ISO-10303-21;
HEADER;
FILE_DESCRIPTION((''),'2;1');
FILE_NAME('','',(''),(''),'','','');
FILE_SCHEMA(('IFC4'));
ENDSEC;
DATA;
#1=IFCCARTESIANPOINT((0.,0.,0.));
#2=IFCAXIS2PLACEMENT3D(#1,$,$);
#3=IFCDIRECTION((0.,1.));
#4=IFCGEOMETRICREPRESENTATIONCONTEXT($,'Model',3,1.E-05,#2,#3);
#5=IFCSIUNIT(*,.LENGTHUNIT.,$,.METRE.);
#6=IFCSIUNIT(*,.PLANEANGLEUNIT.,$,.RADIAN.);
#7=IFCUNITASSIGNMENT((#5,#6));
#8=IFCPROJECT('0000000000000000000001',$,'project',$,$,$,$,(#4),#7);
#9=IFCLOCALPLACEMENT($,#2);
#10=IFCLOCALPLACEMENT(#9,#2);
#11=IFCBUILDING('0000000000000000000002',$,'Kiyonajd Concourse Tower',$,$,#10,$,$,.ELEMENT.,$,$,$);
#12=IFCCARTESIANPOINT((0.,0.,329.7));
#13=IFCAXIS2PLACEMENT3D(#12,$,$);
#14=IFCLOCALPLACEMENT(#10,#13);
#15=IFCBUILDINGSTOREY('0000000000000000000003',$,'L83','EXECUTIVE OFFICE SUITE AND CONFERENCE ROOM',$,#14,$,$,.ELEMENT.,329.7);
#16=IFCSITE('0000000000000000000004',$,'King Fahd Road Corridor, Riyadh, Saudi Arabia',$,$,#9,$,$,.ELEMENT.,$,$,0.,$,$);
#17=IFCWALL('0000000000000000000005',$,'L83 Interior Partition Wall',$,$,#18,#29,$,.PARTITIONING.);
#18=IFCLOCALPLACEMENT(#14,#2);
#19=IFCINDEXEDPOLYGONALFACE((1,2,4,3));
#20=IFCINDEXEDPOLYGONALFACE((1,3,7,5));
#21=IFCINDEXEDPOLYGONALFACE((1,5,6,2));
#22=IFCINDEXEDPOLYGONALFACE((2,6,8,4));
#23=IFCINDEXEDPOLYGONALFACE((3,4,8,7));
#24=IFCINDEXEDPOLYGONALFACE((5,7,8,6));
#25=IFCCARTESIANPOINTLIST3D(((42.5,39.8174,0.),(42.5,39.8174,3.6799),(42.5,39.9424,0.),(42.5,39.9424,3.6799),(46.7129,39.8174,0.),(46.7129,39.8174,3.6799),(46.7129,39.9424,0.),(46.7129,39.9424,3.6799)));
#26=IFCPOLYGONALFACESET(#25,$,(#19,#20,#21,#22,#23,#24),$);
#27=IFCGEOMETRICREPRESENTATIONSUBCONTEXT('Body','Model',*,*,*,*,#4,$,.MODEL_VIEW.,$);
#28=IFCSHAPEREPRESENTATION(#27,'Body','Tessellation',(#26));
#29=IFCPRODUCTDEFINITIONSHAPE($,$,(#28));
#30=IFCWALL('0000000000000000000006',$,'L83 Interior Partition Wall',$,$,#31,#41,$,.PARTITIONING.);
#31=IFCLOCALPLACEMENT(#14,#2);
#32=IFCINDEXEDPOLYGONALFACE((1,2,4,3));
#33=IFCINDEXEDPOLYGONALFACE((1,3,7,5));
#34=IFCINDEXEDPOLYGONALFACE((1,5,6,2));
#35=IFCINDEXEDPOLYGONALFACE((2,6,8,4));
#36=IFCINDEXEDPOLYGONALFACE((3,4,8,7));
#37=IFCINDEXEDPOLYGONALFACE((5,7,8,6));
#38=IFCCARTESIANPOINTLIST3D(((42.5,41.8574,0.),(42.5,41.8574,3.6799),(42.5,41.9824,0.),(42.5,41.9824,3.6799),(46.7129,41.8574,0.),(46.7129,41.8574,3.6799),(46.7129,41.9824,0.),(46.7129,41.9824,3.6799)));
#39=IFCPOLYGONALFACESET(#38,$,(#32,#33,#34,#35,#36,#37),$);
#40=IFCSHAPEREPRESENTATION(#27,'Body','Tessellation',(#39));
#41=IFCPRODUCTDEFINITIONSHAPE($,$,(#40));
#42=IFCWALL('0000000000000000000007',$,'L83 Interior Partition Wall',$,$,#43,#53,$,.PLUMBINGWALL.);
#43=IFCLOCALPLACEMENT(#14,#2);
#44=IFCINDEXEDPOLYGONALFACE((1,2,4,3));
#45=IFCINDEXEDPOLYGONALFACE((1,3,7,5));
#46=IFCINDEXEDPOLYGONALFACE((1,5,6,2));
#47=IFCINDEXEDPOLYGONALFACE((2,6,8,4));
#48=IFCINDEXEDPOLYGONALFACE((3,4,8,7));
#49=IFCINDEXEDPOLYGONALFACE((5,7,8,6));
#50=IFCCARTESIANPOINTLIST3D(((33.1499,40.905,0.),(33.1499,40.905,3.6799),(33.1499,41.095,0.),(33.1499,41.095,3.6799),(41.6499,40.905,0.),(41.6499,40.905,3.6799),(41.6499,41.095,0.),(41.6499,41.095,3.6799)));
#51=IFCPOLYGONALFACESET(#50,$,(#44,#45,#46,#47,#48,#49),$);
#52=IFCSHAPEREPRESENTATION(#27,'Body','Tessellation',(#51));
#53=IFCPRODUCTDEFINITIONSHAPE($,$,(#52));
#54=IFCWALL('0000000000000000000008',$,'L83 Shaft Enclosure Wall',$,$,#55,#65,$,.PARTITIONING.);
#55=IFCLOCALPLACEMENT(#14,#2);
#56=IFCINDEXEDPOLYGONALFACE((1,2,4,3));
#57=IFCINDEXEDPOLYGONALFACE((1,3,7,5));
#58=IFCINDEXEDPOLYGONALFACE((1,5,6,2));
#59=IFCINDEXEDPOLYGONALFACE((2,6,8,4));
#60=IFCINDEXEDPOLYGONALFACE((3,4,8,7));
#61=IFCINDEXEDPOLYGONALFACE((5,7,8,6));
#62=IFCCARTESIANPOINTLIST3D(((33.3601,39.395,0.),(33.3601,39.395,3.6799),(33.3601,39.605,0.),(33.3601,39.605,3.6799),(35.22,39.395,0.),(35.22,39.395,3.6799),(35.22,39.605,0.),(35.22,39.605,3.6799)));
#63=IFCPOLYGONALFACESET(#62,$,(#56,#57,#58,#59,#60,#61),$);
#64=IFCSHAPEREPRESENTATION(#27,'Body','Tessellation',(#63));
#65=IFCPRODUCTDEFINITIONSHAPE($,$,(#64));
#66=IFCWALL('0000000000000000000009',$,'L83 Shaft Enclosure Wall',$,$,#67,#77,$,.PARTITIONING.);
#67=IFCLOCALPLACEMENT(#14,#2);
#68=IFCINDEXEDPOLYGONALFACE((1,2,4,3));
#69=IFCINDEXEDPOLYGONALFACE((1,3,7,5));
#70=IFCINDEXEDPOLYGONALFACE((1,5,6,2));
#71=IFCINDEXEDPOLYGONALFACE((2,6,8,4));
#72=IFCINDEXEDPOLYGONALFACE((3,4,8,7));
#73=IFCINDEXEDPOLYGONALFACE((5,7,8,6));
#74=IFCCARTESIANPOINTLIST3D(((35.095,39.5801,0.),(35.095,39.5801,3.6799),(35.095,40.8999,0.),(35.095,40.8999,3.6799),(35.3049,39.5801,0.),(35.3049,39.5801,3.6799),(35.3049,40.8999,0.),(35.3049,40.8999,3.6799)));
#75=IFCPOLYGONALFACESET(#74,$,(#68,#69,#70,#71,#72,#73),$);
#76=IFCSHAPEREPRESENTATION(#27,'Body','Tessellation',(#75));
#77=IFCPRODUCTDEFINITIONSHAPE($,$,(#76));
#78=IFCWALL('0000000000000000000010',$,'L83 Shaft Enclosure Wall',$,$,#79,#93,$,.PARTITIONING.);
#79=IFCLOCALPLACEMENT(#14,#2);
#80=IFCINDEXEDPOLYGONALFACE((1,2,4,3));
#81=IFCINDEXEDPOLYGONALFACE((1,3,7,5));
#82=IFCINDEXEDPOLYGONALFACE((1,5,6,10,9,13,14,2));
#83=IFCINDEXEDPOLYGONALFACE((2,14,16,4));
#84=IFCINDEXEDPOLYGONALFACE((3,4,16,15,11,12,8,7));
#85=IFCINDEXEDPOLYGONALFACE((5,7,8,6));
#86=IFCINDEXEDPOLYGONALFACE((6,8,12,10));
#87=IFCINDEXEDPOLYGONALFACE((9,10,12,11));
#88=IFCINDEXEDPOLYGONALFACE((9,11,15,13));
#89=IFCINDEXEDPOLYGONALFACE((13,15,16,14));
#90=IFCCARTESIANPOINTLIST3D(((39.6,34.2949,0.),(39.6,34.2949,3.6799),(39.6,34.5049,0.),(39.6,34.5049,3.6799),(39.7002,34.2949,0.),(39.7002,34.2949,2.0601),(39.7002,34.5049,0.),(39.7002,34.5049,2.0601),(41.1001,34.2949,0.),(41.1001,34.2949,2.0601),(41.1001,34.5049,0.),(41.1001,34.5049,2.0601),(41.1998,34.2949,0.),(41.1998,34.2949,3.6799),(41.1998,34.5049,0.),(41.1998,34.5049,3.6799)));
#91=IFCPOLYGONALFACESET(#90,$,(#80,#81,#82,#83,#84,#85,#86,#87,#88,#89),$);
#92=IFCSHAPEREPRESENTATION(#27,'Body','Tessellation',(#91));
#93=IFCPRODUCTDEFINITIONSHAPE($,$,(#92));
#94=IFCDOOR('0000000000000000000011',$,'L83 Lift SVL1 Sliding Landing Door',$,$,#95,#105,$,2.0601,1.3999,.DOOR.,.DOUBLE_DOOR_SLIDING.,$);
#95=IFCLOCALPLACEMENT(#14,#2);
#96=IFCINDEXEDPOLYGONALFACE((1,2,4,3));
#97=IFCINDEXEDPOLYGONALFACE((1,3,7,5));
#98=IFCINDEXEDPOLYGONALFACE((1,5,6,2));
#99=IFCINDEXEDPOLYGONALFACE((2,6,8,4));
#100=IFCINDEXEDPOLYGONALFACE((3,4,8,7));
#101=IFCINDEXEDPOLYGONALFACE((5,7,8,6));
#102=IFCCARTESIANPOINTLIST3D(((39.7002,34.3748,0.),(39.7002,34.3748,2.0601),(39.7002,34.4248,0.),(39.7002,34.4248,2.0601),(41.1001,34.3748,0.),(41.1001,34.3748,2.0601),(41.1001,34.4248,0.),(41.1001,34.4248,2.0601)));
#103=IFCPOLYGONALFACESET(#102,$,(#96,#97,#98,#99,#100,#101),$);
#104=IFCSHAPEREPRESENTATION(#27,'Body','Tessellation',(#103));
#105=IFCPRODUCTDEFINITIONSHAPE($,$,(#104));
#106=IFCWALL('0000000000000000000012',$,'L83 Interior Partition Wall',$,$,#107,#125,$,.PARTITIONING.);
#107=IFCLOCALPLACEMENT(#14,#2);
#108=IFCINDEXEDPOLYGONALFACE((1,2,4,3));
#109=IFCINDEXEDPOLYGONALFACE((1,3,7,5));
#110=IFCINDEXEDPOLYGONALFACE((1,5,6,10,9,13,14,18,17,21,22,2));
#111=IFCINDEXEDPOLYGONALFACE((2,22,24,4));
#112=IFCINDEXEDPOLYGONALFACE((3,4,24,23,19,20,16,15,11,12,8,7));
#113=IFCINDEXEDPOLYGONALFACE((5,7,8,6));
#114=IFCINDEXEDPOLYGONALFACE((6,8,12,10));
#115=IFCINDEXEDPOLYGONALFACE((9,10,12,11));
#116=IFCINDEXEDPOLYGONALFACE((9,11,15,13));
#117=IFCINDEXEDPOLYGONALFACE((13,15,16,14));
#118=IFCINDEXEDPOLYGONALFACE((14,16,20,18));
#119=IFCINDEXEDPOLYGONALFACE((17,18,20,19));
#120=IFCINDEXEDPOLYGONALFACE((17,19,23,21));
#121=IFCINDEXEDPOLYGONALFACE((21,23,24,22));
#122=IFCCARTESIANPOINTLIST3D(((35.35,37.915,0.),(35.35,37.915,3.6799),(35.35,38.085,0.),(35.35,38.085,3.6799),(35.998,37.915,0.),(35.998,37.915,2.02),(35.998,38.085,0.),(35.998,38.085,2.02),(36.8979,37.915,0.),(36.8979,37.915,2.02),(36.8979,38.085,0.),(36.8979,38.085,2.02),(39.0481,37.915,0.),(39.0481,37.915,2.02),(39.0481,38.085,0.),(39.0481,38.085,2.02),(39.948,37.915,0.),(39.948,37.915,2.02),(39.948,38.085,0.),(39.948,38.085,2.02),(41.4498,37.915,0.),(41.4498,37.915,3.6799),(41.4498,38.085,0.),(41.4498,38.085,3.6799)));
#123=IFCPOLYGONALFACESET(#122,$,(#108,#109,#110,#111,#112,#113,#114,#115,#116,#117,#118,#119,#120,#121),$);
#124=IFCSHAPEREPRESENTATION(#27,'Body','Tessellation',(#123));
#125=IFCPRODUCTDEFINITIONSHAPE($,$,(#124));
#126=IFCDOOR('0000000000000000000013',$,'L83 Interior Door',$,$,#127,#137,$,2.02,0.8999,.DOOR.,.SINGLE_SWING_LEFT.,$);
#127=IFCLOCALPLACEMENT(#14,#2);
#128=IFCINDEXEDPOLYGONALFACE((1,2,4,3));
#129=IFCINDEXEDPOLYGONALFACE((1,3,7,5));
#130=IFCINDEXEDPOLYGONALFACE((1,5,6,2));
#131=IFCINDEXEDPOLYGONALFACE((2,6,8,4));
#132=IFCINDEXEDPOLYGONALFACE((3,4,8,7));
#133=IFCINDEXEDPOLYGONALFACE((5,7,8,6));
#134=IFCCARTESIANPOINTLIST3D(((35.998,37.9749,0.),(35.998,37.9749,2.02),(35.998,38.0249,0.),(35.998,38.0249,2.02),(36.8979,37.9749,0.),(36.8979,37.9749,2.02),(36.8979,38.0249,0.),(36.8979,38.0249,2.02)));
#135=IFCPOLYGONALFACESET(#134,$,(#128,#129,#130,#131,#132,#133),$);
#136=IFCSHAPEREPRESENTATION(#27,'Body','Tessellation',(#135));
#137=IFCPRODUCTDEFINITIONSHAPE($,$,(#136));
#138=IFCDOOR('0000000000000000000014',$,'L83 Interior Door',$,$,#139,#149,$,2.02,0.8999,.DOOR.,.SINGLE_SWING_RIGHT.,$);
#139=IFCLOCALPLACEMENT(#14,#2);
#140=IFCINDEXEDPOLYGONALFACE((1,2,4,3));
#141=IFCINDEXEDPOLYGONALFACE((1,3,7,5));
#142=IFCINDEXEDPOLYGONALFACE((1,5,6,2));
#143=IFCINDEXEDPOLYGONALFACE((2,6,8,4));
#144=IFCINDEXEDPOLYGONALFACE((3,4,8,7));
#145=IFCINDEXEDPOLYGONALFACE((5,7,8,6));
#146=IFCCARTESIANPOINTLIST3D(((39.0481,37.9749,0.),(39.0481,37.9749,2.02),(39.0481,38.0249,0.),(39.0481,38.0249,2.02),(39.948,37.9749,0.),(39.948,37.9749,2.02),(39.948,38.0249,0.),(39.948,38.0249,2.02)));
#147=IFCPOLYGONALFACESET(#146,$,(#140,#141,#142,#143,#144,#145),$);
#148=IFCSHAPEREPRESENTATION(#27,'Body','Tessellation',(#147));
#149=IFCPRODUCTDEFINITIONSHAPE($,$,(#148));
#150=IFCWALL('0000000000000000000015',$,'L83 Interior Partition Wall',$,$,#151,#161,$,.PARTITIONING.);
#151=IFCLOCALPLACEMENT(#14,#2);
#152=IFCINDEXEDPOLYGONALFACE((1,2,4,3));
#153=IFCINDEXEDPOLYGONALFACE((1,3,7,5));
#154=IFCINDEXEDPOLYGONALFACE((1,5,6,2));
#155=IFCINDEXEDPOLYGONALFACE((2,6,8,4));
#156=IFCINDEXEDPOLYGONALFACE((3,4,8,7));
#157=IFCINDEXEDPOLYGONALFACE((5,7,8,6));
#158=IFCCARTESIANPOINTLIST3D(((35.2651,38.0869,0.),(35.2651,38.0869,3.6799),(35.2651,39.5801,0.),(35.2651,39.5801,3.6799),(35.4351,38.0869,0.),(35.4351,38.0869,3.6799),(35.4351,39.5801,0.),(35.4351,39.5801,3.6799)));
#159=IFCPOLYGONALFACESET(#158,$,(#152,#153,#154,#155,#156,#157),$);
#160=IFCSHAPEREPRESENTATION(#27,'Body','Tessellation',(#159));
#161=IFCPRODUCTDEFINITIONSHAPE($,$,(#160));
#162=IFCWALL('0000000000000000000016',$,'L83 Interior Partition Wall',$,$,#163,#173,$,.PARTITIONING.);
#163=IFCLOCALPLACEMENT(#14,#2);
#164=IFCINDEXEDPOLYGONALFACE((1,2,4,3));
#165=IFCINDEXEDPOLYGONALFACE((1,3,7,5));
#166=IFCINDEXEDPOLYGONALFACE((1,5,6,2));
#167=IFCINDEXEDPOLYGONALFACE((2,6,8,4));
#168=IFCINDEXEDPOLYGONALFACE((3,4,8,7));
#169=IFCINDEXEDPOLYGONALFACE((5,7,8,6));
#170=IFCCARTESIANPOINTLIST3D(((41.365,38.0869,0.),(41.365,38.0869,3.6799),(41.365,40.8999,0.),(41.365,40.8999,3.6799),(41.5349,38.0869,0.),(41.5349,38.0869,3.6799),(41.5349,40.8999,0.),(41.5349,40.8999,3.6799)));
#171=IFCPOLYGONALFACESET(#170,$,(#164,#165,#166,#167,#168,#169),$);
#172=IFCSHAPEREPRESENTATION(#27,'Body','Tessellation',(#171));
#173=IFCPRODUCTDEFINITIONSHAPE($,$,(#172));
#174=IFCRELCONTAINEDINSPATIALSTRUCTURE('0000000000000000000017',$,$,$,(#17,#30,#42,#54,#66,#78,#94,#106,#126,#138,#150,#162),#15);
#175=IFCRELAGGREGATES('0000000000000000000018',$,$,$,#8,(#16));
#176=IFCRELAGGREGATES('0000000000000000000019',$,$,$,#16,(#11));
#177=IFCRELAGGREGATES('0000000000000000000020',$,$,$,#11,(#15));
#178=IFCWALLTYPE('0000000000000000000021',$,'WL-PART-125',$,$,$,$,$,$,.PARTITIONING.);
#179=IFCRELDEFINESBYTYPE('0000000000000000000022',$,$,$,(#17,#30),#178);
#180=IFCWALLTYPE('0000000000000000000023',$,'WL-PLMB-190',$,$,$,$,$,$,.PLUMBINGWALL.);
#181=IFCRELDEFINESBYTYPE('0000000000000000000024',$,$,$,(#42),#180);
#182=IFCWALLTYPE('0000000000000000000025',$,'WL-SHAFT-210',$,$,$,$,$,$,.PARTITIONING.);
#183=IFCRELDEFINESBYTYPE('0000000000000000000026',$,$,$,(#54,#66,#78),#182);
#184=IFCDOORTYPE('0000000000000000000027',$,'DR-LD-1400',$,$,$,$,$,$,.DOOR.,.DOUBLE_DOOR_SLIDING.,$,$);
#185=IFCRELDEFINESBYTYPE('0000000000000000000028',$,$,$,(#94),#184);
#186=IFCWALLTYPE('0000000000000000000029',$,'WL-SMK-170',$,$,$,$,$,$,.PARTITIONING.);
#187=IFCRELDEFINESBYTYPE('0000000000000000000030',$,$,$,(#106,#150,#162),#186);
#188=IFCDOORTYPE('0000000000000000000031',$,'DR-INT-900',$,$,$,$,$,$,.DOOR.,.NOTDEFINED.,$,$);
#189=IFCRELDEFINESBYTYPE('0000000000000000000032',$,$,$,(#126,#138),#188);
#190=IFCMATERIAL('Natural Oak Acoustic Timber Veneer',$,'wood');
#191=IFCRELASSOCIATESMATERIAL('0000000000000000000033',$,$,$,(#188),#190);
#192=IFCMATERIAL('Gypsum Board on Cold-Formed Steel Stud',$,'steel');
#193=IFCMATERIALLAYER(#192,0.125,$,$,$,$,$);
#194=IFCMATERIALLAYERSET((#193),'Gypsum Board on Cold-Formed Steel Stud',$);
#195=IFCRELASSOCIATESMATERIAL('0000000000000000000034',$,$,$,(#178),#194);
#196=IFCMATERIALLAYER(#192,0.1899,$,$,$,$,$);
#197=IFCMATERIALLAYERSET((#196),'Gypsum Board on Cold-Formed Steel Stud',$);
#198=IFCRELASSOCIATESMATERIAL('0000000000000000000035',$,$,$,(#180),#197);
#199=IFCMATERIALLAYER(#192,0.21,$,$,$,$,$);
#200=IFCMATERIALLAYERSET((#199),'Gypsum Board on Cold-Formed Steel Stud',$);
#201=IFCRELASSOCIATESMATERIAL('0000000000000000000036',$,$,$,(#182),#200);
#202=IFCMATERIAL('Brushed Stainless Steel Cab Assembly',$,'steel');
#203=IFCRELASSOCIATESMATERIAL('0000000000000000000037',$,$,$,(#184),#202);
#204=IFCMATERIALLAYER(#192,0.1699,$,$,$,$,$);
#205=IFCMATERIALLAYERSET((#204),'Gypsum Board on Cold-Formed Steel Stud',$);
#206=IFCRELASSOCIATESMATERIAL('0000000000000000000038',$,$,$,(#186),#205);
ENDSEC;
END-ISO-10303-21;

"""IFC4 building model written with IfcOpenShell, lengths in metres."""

from ifc_helpers import new_model, si_unit, direction, frame, frame_2d, origin, place, context, subcontext, project, spatial, rectangle, extrude, material, layer, layer_set, type_object, element, fill, save


model = new_model("IFC4")

# Units and contexts
model_context = context("Model", 3, precision=1e-05, world=origin(), true_north=direction((0.0, 1.0)))
body_context = subcontext(model_context, "Body", "Model", "MODEL_VIEW")
ifc_project = project(units=[si_unit("LENGTHUNIT", "METRE"), si_unit("PLANEANGLEUNIT", "RADIAN")], contexts=[model_context])

# Site, building, storey
site_placement = place(None, origin())
site = spatial("IfcSite", under=ifc_project, at=site_placement, Name="King Fahd Road Corridor, Riyadh, Saudi Arabia", CompositionType="ELEMENT", RefElevation=0.0)
building_placement = place(site_placement, origin())
building = spatial("IfcBuilding", under=site, at=building_placement, Name="Kiyonajd Concourse Tower", CompositionType="ELEMENT")
storey_placement = place(building_placement, frame((0.0, 0.0, 329.7)))
storey = spatial("IfcBuildingStorey", under=building, at=storey_placement, Name="L83", Description="EXECUTIVE OFFICE SUITE AND CONFERENCE ROOM", CompositionType="ELEMENT", Elevation=329.7)

# Shared definitions
ifc_material_1 = material(Name="Natural Oak Acoustic Timber Veneer", Category="wood")
door_type_1 = type_object("IfcDoorType", Name="DR-INT-900", OperationType="NOTDEFINED", PredefinedType="DOOR", material=ifc_material_1)

# Walls
ifc_material_2 = material(Name="Gypsum Board on Cold-Formed Steel Stud", Category="steel")
ifc_layer_1 = layer(ifc_material_2, 0.125)
ifc_layer_set_1 = layer_set([ifc_layer_1], Name="Gypsum Board on Cold-Formed Steel Stud")
wall_type_1 = type_object("IfcWallType", Name="WL-PART-125", PredefinedType="PARTITIONING", material=ifc_layer_set_1)
for number, where, z_axis, x_axis, name in (
    (1, (42.5, 39.8799, 0.0), (0.0, 0.0, 1.0), (1.0, 0.0, 0.0), "L83 Interior Partition Wall"),
    (2, (42.5, 41.9199, 0.0), (0.0, 0.0, 1.0), (1.0, 0.0, 0.0), "L83 Interior Partition Wall"),
):
    element("IfcWall", number, at=place(storey_placement, frame(where, z_axis=z_axis, x_axis=x_axis)), inside=storey, type_object=wall_type_1, Name=name, PredefinedType="PARTITIONING", context=body_context, shape_type="SweptSolid", body=[
        extrude(rectangle(XDim=4.2129, YDim=0.125, at=frame_2d((2.1064, 0.0))), origin(), (0.0, 0.0, 1.0), 3.6799),
    ])
ifc_layer_2 = layer(ifc_material_2, 0.1899)
ifc_layer_set_2 = layer_set([ifc_layer_2], Name="Gypsum Board on Cold-Formed Steel Stud")
wall_type_2 = type_object("IfcWallType", Name="WL-PLMB-190", PredefinedType="PLUMBINGWALL", material=ifc_layer_set_2)
wall_1_placement = place(storey_placement, frame((33.1499, 41.0, 0.0), z_axis=(0.0, 0.0, 1.0), x_axis=(1.0, 0.0, 0.0)))
element("IfcWall", 3, at=wall_1_placement, inside=storey, type_object=wall_type_2, Name="L83 Interior Partition Wall", PredefinedType="PLUMBINGWALL", context=body_context, shape_type="SweptSolid", body=[
    extrude(rectangle(XDim=8.5, YDim=0.1899, at=frame_2d((4.25, 0.0))), origin(), (0.0, 0.0, 1.0), 3.6799),
])
ifc_layer_3 = layer(ifc_material_2, 0.21)
ifc_layer_set_3 = layer_set([ifc_layer_3], Name="Gypsum Board on Cold-Formed Steel Stud")
wall_type_3 = type_object("IfcWallType", Name="WL-SHAFT-210", PredefinedType="PARTITIONING", material=ifc_layer_set_3)
wall_2_placement = place(storey_placement, frame((33.3601, 39.5, 0.0), z_axis=(0.0, 0.0, 1.0), x_axis=(1.0, 0.0, 0.0)))
element("IfcWall", 4, at=wall_2_placement, inside=storey, type_object=wall_type_3, Name="L83 Shaft Enclosure Wall", PredefinedType="PARTITIONING", context=body_context, shape_type="SweptSolid", body=[
    extrude(rectangle(XDim=1.8599, YDim=0.21, at=frame_2d((0.9299, 0.0))), origin(), (0.0, 0.0, 1.0), 3.6799),
])
wall_3_placement = place(storey_placement, frame((35.2, 39.5801, 0.0), z_axis=(0.0, 0.0, 1.0), x_axis=(0.0, 1.0, 0.0)))
element("IfcWall", 5, at=wall_3_placement, inside=storey, type_object=wall_type_3, Name="L83 Shaft Enclosure Wall", PredefinedType="PARTITIONING", context=body_context, shape_type="SweptSolid", body=[
    extrude(rectangle(XDim=1.3198, YDim=0.21, at=frame_2d((0.6599, 0.0))), origin(), (0.0, 0.0, 1.0), 3.6799),
])

# Wall, opening, door
wall_4_placement = place(storey_placement, frame((39.6001, 34.3999, 0.0), z_axis=(0.0, 0.0, 1.0), x_axis=(1.0, 0.0, 0.0)))
wall_4 = element("IfcWall", 6, at=wall_4_placement, inside=storey, type_object=wall_type_3, Name="L83 Shaft Enclosure Wall", PredefinedType="PARTITIONING", context=body_context, shape_type="SweptSolid", body=[
    extrude(rectangle(XDim=1.5999, YDim=0.21, at=frame_2d((0.7998, 0.0))), origin(), (0.0, 0.0, 1.0), 3.6799),
])
opening_1_placement = place(wall_4_placement, frame((0.1001, 0.0, 0.0)))
opening_1 = element("IfcOpeningElement", 7, at=opening_1_placement, cuts=wall_4, PredefinedType="OPENING", context=body_context, shape_type="SweptSolid", body=[
    extrude(rectangle(XDim=1.3999, YDim=2.0601, at=frame_2d((0.7, 1.03))), frame((0.0, 0.115, 0.0), z_axis=(0.0, -1.0, 0.0), x_axis=(1.0, 0.0, 0.0)), (0.0, 0.0, 1.0), 0.23),
])
ifc_material_3 = material(Name="Brushed Stainless Steel Cab Assembly", Category="steel")
door_type_2 = type_object("IfcDoorType", Name="DR-LD-1400", OperationType="DOUBLE_DOOR_SLIDING", PredefinedType="DOOR", material=ifc_material_3)
door_1_placement = place(opening_1_placement, origin())
door_1 = element("IfcDoor", 8, at=door_1_placement, inside=storey, type_object=door_type_2, Name="L83 Lift SVL1 Sliding Landing Door", OperationType="DOUBLE_DOOR_SLIDING", OverallHeight=2.0601, OverallWidth=1.3999, PredefinedType="DOOR", context=body_context, shape_type="SweptSolid", body=[
    extrude(rectangle(XDim=1.3999, YDim=2.0601, at=frame_2d((0.7, 1.03))), frame((0.0, 0.0249, 0.0), z_axis=(0.0, -1.0, 0.0), x_axis=(1.0, 0.0, 0.0)), (0.0, 0.0, 1.0), 0.05),
])
fill(opening_1, door_1)

# Wall, openings, doors
ifc_layer_4 = layer(ifc_material_2, 0.1699)
ifc_layer_set_4 = layer_set([ifc_layer_4], Name="Gypsum Board on Cold-Formed Steel Stud")
wall_type_4 = type_object("IfcWallType", Name="WL-SMK-170", PredefinedType="PARTITIONING", material=ifc_layer_set_4)
wall_5_placement = place(storey_placement, frame((35.3501, 38.0, 0.0), z_axis=(0.0, 0.0, 1.0), x_axis=(1.0, 0.0, 0.0)))
wall_5 = element("IfcWall", 9, at=wall_5_placement, inside=storey, type_object=wall_type_4, Name="L83 Interior Partition Wall", PredefinedType="PARTITIONING", context=body_context, shape_type="SweptSolid", body=[
    extrude(rectangle(XDim=6.0999, YDim=0.1699, at=frame_2d((3.0498, 0.0))), origin(), (0.0, 0.0, 1.0), 3.6799),
])
opening_2_placement = place(wall_5_placement, frame((0.6479, 0.0, 0.0)))
opening_2 = element("IfcOpeningElement", 10, at=opening_2_placement, cuts=wall_5, PredefinedType="OPENING", context=body_context, shape_type="SweptSolid", body=[
    extrude(rectangle(XDim=0.8999, YDim=2.02, at=frame_2d((0.45, 1.01))), frame((0.0, 0.095, 0.0), z_axis=(0.0, -1.0, 0.0), x_axis=(1.0, 0.0, 0.0)), (0.0, 0.0, 1.0), 0.1899),
])
opening_3_placement = place(wall_5_placement, frame((3.698, 0.0, 0.0)))
opening_3 = element("IfcOpeningElement", 11, at=opening_3_placement, cuts=wall_5, PredefinedType="OPENING", context=body_context, shape_type="SweptSolid", body=[
    extrude(rectangle(XDim=0.8999, YDim=2.02, at=frame_2d((0.45, 1.01))), frame((0.0, 0.095, 0.0), z_axis=(0.0, -1.0, 0.0), x_axis=(1.0, 0.0, 0.0)), (0.0, 0.0, 1.0), 0.1899),
])
door_2_placement = place(opening_2_placement, origin())
door_2 = element("IfcDoor", 12, at=door_2_placement, inside=storey, type_object=door_type_1, Name="L83 Interior Door", OperationType="SINGLE_SWING_LEFT", OverallHeight=2.02, OverallWidth=0.8999, PredefinedType="DOOR", context=body_context, shape_type="SweptSolid", body=[
    extrude(rectangle(XDim=0.8999, YDim=2.02, at=frame_2d((0.45, 1.01))), frame((0.0, 0.0249, 0.0), z_axis=(0.0, -1.0, 0.0), x_axis=(1.0, 0.0, 0.0)), (0.0, 0.0, 1.0), 0.05),
])
fill(opening_2, door_2)
door_3_placement = place(opening_3_placement, origin())
door_3 = element("IfcDoor", 13, at=door_3_placement, inside=storey, type_object=door_type_1, Name="L83 Interior Door", OperationType="SINGLE_SWING_RIGHT", OverallHeight=2.02, OverallWidth=0.8999, PredefinedType="DOOR", context=body_context, shape_type="SweptSolid", body=[
    extrude(rectangle(XDim=0.8999, YDim=2.02, at=frame_2d((0.45, 1.01))), frame((0.0, 0.0249, 0.0), z_axis=(0.0, -1.0, 0.0), x_axis=(1.0, 0.0, 0.0)), (0.0, 0.0, 1.0), 0.05),
])
fill(opening_3, door_3)

# Walls
wall_6_placement = place(storey_placement, frame((35.3501, 38.0869, 0.0), z_axis=(0.0, 0.0, 1.0), x_axis=(0.0, 1.0, 0.0)))
element("IfcWall", 14, at=wall_6_placement, inside=storey, type_object=wall_type_4, Name="L83 Interior Partition Wall", PredefinedType="PARTITIONING", context=body_context, shape_type="SweptSolid", body=[
    extrude(rectangle(XDim=1.4932, YDim=0.1699, at=frame_2d((0.7466, 0.0))), origin(), (0.0, 0.0, 1.0), 3.6799),
])
wall_7_placement = place(storey_placement, frame((41.45, 38.0869, 0.0), z_axis=(0.0, 0.0, 1.0), x_axis=(0.0, 1.0, 0.0)))
element("IfcWall", 15, at=wall_7_placement, inside=storey, type_object=wall_type_4, Name="L83 Interior Partition Wall", PredefinedType="PARTITIONING", context=body_context, shape_type="SweptSolid", body=[
    extrude(rectangle(XDim=2.813, YDim=0.1699, at=frame_2d((1.4065, 0.0))), origin(), (0.0, 0.0, 1.0), 3.6799),
])

save(model, "model.ifc")
